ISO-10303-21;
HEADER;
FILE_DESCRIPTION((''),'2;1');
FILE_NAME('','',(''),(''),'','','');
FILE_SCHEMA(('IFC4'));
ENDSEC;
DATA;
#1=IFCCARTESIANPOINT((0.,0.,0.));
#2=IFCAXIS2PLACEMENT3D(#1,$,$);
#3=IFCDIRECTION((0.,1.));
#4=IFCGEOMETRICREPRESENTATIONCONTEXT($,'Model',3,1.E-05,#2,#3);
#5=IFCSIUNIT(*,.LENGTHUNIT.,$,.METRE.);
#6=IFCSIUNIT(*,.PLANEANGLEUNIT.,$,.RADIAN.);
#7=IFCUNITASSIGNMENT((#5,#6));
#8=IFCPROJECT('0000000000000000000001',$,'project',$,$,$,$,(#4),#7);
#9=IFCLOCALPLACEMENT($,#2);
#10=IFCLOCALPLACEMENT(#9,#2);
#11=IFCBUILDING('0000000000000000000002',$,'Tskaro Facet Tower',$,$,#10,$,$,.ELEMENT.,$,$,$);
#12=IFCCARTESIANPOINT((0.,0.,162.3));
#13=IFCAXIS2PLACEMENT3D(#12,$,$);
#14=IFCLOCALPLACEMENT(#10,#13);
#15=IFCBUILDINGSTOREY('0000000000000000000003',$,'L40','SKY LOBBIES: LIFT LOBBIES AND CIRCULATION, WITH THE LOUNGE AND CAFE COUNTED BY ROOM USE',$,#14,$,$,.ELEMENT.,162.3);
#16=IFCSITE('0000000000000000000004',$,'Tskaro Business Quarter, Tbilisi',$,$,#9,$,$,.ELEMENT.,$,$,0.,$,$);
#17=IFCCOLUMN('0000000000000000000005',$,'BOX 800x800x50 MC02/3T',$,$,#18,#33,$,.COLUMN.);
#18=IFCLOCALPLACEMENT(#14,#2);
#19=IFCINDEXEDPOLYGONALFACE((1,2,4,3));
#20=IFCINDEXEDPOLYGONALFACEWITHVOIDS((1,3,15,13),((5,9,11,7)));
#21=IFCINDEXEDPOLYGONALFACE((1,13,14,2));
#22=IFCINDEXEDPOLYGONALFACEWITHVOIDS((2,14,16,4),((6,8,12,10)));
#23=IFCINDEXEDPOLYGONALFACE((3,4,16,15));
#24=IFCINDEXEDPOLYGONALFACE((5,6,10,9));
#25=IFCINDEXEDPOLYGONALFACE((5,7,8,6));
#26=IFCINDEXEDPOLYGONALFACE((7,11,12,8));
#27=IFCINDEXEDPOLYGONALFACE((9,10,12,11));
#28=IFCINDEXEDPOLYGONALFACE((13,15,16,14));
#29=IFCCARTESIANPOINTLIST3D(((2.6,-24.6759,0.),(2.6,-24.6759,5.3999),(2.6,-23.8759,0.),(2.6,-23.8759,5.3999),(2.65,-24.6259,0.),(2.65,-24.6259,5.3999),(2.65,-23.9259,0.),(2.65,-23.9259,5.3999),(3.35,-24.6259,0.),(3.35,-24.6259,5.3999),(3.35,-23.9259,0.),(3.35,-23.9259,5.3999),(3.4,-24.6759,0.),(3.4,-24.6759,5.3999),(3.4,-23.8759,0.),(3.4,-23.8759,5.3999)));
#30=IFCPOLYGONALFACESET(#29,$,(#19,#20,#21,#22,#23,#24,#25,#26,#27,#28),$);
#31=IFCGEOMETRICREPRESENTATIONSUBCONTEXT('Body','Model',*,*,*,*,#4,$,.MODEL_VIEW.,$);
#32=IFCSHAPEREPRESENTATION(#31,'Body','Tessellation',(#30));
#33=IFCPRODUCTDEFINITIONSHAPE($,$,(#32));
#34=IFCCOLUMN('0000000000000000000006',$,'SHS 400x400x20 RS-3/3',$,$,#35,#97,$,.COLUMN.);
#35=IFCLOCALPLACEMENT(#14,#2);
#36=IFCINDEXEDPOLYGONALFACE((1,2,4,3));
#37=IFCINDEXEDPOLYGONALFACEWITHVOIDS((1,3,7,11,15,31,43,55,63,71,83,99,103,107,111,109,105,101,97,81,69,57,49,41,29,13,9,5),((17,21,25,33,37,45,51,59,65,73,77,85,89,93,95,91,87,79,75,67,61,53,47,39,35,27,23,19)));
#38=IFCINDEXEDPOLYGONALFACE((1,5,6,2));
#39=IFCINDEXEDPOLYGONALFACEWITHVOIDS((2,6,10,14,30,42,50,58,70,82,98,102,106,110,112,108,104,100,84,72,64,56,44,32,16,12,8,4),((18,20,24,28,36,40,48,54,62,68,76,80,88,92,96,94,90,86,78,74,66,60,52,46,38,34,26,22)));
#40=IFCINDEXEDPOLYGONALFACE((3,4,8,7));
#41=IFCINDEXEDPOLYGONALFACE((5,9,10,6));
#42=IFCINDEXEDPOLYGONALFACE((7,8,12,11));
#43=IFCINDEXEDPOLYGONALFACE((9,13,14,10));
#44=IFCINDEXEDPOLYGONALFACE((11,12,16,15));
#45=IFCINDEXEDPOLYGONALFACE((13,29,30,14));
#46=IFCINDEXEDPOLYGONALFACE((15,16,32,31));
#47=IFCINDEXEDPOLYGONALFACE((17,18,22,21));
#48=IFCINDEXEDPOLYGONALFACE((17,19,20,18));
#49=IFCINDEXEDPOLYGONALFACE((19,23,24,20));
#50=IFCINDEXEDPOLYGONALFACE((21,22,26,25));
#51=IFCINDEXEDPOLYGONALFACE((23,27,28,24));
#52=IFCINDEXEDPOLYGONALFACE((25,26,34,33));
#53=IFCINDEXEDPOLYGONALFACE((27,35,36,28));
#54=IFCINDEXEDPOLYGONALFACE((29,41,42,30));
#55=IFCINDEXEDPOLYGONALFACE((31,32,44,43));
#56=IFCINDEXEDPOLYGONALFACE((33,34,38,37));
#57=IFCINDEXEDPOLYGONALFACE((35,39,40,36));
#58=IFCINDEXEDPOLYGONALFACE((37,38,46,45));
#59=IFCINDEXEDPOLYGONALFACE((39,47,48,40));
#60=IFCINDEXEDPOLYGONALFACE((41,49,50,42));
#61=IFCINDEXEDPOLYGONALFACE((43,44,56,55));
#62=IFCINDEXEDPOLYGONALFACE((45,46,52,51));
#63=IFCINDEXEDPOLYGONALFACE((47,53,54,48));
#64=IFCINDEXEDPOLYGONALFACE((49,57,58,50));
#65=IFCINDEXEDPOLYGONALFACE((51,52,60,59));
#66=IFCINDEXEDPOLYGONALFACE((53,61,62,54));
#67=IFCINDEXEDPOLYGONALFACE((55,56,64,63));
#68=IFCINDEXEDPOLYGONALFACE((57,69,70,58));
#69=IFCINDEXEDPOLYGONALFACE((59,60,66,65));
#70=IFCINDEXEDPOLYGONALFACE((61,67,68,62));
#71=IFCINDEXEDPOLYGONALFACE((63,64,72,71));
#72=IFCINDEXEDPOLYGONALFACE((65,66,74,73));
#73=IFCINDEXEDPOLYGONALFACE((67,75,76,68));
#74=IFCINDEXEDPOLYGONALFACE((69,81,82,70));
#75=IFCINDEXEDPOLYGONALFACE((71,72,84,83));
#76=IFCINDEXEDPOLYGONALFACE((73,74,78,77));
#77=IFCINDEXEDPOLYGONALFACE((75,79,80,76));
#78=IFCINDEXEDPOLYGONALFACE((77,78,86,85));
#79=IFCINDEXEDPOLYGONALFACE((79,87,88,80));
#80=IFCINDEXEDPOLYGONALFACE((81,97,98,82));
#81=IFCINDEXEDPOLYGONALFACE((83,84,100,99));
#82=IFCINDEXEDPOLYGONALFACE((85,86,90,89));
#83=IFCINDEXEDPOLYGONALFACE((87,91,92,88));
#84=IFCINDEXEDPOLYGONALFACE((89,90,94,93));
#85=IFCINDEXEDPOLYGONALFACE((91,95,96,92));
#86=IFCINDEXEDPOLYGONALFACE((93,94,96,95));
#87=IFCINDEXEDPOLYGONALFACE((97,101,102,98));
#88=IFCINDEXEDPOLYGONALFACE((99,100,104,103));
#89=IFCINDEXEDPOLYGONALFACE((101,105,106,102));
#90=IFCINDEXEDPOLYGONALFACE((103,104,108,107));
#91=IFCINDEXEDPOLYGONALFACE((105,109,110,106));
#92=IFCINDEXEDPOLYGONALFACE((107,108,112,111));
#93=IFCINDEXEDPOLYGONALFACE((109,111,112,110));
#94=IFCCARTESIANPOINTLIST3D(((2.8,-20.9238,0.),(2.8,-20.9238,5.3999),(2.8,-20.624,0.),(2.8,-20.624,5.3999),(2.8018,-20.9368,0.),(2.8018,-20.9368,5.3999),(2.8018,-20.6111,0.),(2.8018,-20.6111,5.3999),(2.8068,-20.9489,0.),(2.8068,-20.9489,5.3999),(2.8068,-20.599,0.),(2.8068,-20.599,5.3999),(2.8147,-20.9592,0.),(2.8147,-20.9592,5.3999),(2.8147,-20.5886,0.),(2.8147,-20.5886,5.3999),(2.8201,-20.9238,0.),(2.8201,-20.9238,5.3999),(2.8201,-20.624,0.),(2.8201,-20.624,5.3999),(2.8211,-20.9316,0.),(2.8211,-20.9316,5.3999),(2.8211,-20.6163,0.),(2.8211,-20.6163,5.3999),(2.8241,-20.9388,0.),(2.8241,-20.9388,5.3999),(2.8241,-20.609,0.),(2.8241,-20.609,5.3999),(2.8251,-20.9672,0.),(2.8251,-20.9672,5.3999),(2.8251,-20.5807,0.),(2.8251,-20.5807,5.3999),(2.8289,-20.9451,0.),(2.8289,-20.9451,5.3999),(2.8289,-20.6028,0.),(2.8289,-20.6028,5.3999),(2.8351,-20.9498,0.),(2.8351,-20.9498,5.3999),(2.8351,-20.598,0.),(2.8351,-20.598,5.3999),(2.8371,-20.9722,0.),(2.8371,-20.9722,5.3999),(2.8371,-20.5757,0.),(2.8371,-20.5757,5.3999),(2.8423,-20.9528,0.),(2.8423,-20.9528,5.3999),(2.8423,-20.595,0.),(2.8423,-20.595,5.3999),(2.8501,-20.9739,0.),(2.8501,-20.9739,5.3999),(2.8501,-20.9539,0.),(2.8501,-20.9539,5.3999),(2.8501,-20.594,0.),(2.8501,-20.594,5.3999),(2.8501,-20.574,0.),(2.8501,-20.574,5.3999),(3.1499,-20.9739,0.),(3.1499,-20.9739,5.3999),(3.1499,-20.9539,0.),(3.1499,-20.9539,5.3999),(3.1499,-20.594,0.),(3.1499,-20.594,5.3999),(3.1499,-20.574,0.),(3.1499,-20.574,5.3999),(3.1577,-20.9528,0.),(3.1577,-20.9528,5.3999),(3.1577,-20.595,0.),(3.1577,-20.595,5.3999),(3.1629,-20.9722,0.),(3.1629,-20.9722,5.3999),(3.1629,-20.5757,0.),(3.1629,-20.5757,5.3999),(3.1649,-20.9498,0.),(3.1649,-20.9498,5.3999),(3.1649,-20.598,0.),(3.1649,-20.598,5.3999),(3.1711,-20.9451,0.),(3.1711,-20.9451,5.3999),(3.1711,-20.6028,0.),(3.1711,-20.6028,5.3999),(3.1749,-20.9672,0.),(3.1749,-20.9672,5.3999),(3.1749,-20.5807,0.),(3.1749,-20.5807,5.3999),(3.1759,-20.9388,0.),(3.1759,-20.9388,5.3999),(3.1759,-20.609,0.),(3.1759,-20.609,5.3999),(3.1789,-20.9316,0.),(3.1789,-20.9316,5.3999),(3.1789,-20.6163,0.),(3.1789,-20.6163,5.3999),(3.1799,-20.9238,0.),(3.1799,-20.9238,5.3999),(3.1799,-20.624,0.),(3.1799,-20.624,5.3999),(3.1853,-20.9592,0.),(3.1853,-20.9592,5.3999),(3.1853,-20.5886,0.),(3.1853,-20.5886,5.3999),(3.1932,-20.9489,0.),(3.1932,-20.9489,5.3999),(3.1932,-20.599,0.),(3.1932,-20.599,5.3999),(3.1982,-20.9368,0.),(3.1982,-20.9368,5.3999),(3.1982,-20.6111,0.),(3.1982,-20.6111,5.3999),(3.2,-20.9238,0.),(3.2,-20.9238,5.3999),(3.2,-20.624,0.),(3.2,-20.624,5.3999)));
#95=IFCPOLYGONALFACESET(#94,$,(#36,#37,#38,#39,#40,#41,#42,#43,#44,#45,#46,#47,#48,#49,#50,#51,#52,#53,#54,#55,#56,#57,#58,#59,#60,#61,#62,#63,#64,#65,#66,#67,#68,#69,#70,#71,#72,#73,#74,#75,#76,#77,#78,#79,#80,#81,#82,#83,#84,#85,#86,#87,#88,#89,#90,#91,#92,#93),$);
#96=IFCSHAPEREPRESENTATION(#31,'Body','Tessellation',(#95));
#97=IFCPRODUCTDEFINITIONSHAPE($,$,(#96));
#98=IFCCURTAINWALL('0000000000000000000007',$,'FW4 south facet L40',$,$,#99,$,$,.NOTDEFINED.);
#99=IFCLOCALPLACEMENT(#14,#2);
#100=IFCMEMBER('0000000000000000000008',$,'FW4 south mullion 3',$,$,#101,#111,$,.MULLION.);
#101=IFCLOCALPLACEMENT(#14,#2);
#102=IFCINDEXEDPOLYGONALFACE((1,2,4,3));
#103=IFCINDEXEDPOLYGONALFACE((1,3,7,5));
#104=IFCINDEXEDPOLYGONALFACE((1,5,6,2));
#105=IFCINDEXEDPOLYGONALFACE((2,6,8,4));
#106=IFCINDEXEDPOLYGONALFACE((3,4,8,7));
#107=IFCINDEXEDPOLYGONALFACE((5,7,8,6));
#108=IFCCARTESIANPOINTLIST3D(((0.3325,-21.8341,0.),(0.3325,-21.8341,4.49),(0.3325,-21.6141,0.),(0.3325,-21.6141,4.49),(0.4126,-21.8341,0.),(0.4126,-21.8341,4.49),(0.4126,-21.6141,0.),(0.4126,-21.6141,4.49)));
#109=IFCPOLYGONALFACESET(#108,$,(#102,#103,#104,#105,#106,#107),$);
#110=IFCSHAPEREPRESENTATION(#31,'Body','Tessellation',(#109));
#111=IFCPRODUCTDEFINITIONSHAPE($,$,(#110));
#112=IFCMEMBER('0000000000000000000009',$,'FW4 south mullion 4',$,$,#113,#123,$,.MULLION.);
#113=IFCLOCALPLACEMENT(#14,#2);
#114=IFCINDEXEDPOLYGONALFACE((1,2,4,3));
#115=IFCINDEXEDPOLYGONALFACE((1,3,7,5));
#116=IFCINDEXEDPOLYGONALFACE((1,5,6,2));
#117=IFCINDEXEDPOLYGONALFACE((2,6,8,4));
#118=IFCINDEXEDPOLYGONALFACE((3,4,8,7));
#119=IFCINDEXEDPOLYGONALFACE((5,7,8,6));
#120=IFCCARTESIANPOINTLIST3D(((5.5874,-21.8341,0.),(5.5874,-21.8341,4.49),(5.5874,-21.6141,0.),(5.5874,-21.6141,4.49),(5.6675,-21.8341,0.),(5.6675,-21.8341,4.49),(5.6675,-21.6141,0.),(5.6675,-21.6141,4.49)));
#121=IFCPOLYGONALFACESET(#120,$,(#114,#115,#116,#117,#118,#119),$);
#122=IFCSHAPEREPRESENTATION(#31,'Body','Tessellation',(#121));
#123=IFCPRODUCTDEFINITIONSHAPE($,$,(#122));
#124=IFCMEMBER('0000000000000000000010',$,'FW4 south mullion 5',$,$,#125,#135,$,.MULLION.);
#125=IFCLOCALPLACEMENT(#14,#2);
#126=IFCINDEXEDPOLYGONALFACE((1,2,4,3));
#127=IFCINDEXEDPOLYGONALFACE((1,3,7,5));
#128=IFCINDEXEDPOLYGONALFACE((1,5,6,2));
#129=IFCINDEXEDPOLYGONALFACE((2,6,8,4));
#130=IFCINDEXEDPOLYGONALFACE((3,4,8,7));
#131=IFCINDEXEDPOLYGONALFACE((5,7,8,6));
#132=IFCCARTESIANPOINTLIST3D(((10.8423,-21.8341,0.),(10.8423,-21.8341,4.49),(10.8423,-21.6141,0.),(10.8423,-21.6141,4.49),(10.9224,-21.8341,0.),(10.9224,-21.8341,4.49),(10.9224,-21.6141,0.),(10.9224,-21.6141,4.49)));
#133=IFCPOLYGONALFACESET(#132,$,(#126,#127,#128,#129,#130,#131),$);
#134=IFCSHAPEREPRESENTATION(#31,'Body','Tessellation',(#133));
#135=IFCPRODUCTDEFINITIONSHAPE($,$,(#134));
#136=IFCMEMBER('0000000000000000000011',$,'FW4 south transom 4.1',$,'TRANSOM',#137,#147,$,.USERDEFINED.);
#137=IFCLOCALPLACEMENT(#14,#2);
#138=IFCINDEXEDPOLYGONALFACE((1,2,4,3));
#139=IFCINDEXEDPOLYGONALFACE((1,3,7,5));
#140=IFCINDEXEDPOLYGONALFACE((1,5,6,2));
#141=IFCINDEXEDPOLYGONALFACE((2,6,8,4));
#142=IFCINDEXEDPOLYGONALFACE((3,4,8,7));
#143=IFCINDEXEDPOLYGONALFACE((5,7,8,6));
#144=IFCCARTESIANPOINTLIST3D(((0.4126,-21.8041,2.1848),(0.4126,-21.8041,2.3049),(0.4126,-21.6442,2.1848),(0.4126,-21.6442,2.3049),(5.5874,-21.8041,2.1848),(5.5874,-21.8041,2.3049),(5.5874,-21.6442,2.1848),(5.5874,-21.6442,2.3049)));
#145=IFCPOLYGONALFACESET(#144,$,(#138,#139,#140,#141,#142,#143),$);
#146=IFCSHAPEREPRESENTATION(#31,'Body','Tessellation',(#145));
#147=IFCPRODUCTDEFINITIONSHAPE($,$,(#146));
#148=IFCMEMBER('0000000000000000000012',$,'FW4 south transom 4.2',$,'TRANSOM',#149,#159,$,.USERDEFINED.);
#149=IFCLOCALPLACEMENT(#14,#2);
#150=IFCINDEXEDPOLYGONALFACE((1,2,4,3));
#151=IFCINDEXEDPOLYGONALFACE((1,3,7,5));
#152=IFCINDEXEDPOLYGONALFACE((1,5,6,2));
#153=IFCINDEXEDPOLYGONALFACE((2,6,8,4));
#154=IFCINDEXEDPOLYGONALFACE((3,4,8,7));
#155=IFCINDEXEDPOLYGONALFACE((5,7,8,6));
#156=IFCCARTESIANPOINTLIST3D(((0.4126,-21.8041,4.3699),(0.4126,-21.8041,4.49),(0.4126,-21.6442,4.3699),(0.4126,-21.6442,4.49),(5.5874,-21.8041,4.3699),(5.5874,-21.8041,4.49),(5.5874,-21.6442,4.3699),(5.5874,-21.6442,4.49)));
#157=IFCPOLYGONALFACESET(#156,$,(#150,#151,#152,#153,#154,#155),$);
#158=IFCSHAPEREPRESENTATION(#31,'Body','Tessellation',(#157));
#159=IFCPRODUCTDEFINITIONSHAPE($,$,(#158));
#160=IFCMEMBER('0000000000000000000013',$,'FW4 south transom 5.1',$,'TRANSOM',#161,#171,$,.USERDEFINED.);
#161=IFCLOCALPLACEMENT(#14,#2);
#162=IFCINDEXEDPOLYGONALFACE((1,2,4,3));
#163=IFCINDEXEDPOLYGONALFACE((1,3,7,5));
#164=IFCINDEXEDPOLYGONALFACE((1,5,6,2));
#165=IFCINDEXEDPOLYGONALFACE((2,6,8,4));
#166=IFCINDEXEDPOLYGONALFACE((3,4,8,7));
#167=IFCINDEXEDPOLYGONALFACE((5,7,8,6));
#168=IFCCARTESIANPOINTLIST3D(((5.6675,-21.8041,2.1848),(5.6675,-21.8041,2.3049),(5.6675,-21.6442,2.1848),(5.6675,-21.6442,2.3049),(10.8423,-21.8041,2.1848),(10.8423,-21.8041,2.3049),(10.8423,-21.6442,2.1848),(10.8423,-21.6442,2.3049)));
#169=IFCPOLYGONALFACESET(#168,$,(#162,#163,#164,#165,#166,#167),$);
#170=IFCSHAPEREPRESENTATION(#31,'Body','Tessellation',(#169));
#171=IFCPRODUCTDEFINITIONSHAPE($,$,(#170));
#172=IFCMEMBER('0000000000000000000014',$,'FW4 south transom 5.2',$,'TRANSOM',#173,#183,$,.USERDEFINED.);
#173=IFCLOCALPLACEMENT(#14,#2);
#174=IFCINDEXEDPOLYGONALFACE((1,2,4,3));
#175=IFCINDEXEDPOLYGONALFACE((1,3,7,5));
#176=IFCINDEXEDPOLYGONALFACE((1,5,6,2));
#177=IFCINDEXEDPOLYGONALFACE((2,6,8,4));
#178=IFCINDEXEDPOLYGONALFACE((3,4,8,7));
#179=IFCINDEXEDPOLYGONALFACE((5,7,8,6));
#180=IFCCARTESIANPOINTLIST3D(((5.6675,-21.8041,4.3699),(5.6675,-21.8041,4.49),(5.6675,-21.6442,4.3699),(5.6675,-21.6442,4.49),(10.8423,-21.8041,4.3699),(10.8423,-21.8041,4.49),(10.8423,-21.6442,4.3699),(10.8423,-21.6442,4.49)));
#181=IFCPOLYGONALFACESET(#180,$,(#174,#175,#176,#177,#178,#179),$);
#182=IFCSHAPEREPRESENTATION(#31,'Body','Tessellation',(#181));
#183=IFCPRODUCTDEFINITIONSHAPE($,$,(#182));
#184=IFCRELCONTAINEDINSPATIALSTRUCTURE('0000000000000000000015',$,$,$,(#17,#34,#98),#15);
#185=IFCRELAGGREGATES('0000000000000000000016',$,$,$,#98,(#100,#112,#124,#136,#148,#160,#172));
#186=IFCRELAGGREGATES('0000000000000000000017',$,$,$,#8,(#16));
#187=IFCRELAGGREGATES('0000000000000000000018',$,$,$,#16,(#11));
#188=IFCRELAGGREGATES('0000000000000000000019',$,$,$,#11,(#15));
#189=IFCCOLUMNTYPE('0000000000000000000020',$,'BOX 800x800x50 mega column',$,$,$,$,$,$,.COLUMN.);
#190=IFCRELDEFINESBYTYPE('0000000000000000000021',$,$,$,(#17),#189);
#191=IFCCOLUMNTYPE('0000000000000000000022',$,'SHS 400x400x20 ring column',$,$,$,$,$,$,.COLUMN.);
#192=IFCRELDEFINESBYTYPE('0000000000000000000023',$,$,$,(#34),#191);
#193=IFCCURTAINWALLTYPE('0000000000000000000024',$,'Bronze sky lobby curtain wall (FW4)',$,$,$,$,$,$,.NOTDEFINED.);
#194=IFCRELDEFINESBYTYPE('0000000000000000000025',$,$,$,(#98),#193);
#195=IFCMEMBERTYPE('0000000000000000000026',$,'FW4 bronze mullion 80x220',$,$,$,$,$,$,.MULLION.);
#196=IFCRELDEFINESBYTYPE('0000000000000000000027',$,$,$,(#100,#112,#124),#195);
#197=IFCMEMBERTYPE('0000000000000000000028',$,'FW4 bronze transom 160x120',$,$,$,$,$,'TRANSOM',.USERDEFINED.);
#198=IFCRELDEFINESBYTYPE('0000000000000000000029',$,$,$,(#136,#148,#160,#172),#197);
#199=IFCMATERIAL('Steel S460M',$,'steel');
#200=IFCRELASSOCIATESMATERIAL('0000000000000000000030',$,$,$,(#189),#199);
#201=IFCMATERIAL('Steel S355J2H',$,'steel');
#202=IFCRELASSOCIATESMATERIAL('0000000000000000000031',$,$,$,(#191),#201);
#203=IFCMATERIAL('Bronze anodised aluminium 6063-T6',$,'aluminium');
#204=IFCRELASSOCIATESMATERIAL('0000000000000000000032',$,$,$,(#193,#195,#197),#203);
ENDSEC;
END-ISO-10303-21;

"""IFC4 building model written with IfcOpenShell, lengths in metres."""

from ifc_helpers import new_model, si_unit, direction, frame, origin, origin_2d, place, context, subcontext, project, spatial, rectangle, hollow_rectangle, extrude, material, material_profile, profile_set, type_object, element, aggregate, save


model = new_model("IFC4")

# Units and contexts
model_context = context("Model", 3, precision=1e-05, world=origin(), true_north=direction((0.0, 1.0)))
body_context = subcontext(model_context, "Body", "Model", "MODEL_VIEW")
ifc_project = project(units=[si_unit("LENGTHUNIT", "METRE"), si_unit("PLANEANGLEUNIT", "RADIAN")], contexts=[model_context])

# Site, building, storey
site_placement = place(None, origin())
site = spatial("IfcSite", under=ifc_project, at=site_placement, Name="Tskaro Business Quarter, Tbilisi", CompositionType="ELEMENT", RefElevation=0.0)
building_placement = place(site_placement, origin())
building = spatial("IfcBuilding", under=site, at=building_placement, Name="Tskaro Facet Tower", CompositionType="ELEMENT")
storey_placement = place(building_placement, frame((0.0, 0.0, 162.3)))
storey = spatial("IfcBuildingStorey", under=building, at=storey_placement, Name="L40", Description="SKY LOBBIES: LIFT LOBBIES AND CIRCULATION, WITH THE LOUNGE AND CAFE COUNTED BY ROOM USE", CompositionType="ELEMENT", Elevation=162.3)

# Columns
ifc_material_1 = material(Name="Steel S460M", Category="steel")
ifc_material_profile_1 = material_profile(ifc_material_1, hollow_rectangle(XDim=0.8, YDim=0.8, WallThickness=0.05, at=origin_2d()), Name="BOX 800x800x50")
ifc_profile_set_1 = profile_set([ifc_material_profile_1], Name="Steel S460M")
column_type_1 = type_object("IfcColumnType", Name="BOX 800x800x50 mega column", PredefinedType="COLUMN", material=ifc_profile_set_1)
column_1_placement = place(storey_placement, frame((3.0, -24.2759, 0.0), z_axis=(0.0, 0.0, 1.0), x_axis=(1.0, 0.0, 0.0)))
element("IfcColumn", 1, at=column_1_placement, inside=storey, type_object=column_type_1, Name="BOX 800x800x50 MC02/3T", PredefinedType="COLUMN", context=body_context, shape_type="SweptSolid", body=[
    extrude(hollow_rectangle(XDim=0.8, YDim=0.8, WallThickness=0.05, at=origin_2d()), origin(), (0.0, 0.0, 1.0), 5.3999),
])
ifc_material_2 = material(Name="Steel S355J2H", Category="steel")
ifc_material_profile_2 = material_profile(ifc_material_2, hollow_rectangle(XDim=0.3999, YDim=0.3999, WallThickness=0.02, InnerFilletRadius=0.03, OuterFilletRadius=0.05, at=origin_2d()), Name="SHS 400x400x20")
ifc_profile_set_2 = profile_set([ifc_material_profile_2], Name="Steel S355J2H")
column_type_2 = type_object("IfcColumnType", Name="SHS 400x400x20 ring column", PredefinedType="COLUMN", material=ifc_profile_set_2)
column_2_placement = place(storey_placement, frame((3.0, -20.7739, 0.0), z_axis=(0.0, 0.0, 1.0), x_axis=(1.0, 0.0, 0.0)))
element("IfcColumn", 2, at=column_2_placement, inside=storey, type_object=column_type_2, Name="SHS 400x400x20 RS-3/3", PredefinedType="COLUMN", context=body_context, shape_type="SweptSolid", body=[
    extrude(hollow_rectangle(XDim=0.3999, YDim=0.3999, WallThickness=0.02, InnerFilletRadius=0.03, OuterFilletRadius=0.05, at=origin_2d()), origin(), (0.0, 0.0, 1.0), 5.3999),
])

# Curtain wall, members
ifc_material_3 = material(Name="Bronze anodised aluminium 6063-T6", Category="aluminium")
curtain_wall_type = type_object("IfcCurtainWallType", Name="Bronze sky lobby curtain wall (FW4)", PredefinedType="NOTDEFINED", material=ifc_material_3)
curtain_wall_placement = place(storey_placement, origin())
curtain_wall = element("IfcCurtainWall", 3, at=curtain_wall_placement, inside=storey, type_object=curtain_wall_type, Name="FW4 south facet L40", PredefinedType="NOTDEFINED")
ifc_material_profile_3 = material_profile(ifc_material_3, rectangle(XDim=0.0801, YDim=0.22, at=origin_2d()), Name="Mullion 80x220")
ifc_profile_set_3 = profile_set([ifc_material_profile_3], Name="Bronze anodised aluminium 6063-T6")
member_type_1 = type_object("IfcMemberType", Name="FW4 bronze mullion 80x220", PredefinedType="MULLION", material=ifc_profile_set_3)
member_1_placement = place(storey_placement, frame((0.3726, -21.7241, 0.0), z_axis=(0.0, 0.0, 1.0), x_axis=(1.0, 0.0, 0.0)))
member_1 = element("IfcMember", 4, at=member_1_placement, type_object=member_type_1, Name="FW4 south mullion 3", PredefinedType="MULLION", context=body_context, shape_type="SweptSolid", body=[
    extrude(rectangle(XDim=0.0801, YDim=0.22, at=origin_2d()), origin(), (0.0, 0.0, 1.0), 4.49),
])
member_2_placement = place(storey_placement, frame((5.6274, -21.7241, 0.0), z_axis=(0.0, 0.0, 1.0), x_axis=(1.0, 0.0, 0.0)))
member_2 = element("IfcMember", 5, at=member_2_placement, type_object=member_type_1, Name="FW4 south mullion 4", PredefinedType="MULLION", context=body_context, shape_type="SweptSolid", body=[
    extrude(rectangle(XDim=0.0801, YDim=0.22, at=origin_2d()), origin(), (0.0, 0.0, 1.0), 4.49),
])
member_3_placement = place(storey_placement, frame((10.8823, -21.7241, 0.0), z_axis=(0.0, 0.0, 1.0), x_axis=(1.0, 0.0, 0.0)))
member_3 = element("IfcMember", 6, at=member_3_placement, type_object=member_type_1, Name="FW4 south mullion 5", PredefinedType="MULLION", context=body_context, shape_type="SweptSolid", body=[
    extrude(rectangle(XDim=0.0801, YDim=0.22, at=origin_2d()), origin(), (0.0, 0.0, 1.0), 4.49),
])
ifc_material_profile_4 = material_profile(ifc_material_3, rectangle(XDim=0.1599, YDim=0.1201, at=origin_2d()), Name="Transom 160x120")
ifc_profile_set_4 = profile_set([ifc_material_profile_4], Name="Bronze anodised aluminium 6063-T6")
member_type_2 = type_object("IfcMemberType", Name="FW4 bronze transom 160x120", ElementType="TRANSOM", PredefinedType="USERDEFINED", material=ifc_profile_set_4)
member_4_placement = place(storey_placement, frame((0.4126, -21.7241, 2.2449), z_axis=(1.0, 0.0, 0.0), x_axis=(0.0, 1.0, 0.0)))
member_4 = element("IfcMember", 7, at=member_4_placement, type_object=member_type_2, Name="FW4 south transom 4.1", ObjectType="TRANSOM", PredefinedType="USERDEFINED", context=body_context, shape_type="SweptSolid", body=[
    extrude(rectangle(XDim=0.1599, YDim=0.1201, at=origin_2d()), origin(), (0.0, 0.0, 1.0), 5.1748),
])
member_5_placement = place(storey_placement, frame((0.4126, -21.7241, 4.4299), z_axis=(1.0, 0.0, 0.0), x_axis=(0.0, 1.0, 0.0)))
member_5 = element("IfcMember", 8, at=member_5_placement, type_object=member_type_2, Name="FW4 south transom 4.2", ObjectType="TRANSOM", PredefinedType="USERDEFINED", context=body_context, shape_type="SweptSolid", body=[
    extrude(rectangle(XDim=0.1599, YDim=0.1201, at=origin_2d()), origin(), (0.0, 0.0, 1.0), 5.1748),
])
member_6_placement = place(storey_placement, frame((5.6675, -21.7241, 2.2449), z_axis=(1.0, 0.0, 0.0), x_axis=(0.0, 1.0, 0.0)))
member_6 = element("IfcMember", 9, at=member_6_placement, type_object=member_type_2, Name="FW4 south transom 5.1", ObjectType="TRANSOM", PredefinedType="USERDEFINED", context=body_context, shape_type="SweptSolid", body=[
    extrude(rectangle(XDim=0.1599, YDim=0.1201, at=origin_2d()), origin(), (0.0, 0.0, 1.0), 5.1748),
])
member_7_placement = place(storey_placement, frame((5.6675, -21.7241, 4.4299), z_axis=(1.0, 0.0, 0.0), x_axis=(0.0, 1.0, 0.0)))
member_7 = element("IfcMember", 10, at=member_7_placement, type_object=member_type_2, Name="FW4 south transom 5.2", ObjectType="TRANSOM", PredefinedType="USERDEFINED", context=body_context, shape_type="SweptSolid", body=[
    extrude(rectangle(XDim=0.1599, YDim=0.1201, at=origin_2d()), origin(), (0.0, 0.0, 1.0), 5.1748),
])

aggregate(curtain_wall, [member_1, member_2, member_3, member_4, member_5, member_6, member_7])

save(model, "model.ifc")
